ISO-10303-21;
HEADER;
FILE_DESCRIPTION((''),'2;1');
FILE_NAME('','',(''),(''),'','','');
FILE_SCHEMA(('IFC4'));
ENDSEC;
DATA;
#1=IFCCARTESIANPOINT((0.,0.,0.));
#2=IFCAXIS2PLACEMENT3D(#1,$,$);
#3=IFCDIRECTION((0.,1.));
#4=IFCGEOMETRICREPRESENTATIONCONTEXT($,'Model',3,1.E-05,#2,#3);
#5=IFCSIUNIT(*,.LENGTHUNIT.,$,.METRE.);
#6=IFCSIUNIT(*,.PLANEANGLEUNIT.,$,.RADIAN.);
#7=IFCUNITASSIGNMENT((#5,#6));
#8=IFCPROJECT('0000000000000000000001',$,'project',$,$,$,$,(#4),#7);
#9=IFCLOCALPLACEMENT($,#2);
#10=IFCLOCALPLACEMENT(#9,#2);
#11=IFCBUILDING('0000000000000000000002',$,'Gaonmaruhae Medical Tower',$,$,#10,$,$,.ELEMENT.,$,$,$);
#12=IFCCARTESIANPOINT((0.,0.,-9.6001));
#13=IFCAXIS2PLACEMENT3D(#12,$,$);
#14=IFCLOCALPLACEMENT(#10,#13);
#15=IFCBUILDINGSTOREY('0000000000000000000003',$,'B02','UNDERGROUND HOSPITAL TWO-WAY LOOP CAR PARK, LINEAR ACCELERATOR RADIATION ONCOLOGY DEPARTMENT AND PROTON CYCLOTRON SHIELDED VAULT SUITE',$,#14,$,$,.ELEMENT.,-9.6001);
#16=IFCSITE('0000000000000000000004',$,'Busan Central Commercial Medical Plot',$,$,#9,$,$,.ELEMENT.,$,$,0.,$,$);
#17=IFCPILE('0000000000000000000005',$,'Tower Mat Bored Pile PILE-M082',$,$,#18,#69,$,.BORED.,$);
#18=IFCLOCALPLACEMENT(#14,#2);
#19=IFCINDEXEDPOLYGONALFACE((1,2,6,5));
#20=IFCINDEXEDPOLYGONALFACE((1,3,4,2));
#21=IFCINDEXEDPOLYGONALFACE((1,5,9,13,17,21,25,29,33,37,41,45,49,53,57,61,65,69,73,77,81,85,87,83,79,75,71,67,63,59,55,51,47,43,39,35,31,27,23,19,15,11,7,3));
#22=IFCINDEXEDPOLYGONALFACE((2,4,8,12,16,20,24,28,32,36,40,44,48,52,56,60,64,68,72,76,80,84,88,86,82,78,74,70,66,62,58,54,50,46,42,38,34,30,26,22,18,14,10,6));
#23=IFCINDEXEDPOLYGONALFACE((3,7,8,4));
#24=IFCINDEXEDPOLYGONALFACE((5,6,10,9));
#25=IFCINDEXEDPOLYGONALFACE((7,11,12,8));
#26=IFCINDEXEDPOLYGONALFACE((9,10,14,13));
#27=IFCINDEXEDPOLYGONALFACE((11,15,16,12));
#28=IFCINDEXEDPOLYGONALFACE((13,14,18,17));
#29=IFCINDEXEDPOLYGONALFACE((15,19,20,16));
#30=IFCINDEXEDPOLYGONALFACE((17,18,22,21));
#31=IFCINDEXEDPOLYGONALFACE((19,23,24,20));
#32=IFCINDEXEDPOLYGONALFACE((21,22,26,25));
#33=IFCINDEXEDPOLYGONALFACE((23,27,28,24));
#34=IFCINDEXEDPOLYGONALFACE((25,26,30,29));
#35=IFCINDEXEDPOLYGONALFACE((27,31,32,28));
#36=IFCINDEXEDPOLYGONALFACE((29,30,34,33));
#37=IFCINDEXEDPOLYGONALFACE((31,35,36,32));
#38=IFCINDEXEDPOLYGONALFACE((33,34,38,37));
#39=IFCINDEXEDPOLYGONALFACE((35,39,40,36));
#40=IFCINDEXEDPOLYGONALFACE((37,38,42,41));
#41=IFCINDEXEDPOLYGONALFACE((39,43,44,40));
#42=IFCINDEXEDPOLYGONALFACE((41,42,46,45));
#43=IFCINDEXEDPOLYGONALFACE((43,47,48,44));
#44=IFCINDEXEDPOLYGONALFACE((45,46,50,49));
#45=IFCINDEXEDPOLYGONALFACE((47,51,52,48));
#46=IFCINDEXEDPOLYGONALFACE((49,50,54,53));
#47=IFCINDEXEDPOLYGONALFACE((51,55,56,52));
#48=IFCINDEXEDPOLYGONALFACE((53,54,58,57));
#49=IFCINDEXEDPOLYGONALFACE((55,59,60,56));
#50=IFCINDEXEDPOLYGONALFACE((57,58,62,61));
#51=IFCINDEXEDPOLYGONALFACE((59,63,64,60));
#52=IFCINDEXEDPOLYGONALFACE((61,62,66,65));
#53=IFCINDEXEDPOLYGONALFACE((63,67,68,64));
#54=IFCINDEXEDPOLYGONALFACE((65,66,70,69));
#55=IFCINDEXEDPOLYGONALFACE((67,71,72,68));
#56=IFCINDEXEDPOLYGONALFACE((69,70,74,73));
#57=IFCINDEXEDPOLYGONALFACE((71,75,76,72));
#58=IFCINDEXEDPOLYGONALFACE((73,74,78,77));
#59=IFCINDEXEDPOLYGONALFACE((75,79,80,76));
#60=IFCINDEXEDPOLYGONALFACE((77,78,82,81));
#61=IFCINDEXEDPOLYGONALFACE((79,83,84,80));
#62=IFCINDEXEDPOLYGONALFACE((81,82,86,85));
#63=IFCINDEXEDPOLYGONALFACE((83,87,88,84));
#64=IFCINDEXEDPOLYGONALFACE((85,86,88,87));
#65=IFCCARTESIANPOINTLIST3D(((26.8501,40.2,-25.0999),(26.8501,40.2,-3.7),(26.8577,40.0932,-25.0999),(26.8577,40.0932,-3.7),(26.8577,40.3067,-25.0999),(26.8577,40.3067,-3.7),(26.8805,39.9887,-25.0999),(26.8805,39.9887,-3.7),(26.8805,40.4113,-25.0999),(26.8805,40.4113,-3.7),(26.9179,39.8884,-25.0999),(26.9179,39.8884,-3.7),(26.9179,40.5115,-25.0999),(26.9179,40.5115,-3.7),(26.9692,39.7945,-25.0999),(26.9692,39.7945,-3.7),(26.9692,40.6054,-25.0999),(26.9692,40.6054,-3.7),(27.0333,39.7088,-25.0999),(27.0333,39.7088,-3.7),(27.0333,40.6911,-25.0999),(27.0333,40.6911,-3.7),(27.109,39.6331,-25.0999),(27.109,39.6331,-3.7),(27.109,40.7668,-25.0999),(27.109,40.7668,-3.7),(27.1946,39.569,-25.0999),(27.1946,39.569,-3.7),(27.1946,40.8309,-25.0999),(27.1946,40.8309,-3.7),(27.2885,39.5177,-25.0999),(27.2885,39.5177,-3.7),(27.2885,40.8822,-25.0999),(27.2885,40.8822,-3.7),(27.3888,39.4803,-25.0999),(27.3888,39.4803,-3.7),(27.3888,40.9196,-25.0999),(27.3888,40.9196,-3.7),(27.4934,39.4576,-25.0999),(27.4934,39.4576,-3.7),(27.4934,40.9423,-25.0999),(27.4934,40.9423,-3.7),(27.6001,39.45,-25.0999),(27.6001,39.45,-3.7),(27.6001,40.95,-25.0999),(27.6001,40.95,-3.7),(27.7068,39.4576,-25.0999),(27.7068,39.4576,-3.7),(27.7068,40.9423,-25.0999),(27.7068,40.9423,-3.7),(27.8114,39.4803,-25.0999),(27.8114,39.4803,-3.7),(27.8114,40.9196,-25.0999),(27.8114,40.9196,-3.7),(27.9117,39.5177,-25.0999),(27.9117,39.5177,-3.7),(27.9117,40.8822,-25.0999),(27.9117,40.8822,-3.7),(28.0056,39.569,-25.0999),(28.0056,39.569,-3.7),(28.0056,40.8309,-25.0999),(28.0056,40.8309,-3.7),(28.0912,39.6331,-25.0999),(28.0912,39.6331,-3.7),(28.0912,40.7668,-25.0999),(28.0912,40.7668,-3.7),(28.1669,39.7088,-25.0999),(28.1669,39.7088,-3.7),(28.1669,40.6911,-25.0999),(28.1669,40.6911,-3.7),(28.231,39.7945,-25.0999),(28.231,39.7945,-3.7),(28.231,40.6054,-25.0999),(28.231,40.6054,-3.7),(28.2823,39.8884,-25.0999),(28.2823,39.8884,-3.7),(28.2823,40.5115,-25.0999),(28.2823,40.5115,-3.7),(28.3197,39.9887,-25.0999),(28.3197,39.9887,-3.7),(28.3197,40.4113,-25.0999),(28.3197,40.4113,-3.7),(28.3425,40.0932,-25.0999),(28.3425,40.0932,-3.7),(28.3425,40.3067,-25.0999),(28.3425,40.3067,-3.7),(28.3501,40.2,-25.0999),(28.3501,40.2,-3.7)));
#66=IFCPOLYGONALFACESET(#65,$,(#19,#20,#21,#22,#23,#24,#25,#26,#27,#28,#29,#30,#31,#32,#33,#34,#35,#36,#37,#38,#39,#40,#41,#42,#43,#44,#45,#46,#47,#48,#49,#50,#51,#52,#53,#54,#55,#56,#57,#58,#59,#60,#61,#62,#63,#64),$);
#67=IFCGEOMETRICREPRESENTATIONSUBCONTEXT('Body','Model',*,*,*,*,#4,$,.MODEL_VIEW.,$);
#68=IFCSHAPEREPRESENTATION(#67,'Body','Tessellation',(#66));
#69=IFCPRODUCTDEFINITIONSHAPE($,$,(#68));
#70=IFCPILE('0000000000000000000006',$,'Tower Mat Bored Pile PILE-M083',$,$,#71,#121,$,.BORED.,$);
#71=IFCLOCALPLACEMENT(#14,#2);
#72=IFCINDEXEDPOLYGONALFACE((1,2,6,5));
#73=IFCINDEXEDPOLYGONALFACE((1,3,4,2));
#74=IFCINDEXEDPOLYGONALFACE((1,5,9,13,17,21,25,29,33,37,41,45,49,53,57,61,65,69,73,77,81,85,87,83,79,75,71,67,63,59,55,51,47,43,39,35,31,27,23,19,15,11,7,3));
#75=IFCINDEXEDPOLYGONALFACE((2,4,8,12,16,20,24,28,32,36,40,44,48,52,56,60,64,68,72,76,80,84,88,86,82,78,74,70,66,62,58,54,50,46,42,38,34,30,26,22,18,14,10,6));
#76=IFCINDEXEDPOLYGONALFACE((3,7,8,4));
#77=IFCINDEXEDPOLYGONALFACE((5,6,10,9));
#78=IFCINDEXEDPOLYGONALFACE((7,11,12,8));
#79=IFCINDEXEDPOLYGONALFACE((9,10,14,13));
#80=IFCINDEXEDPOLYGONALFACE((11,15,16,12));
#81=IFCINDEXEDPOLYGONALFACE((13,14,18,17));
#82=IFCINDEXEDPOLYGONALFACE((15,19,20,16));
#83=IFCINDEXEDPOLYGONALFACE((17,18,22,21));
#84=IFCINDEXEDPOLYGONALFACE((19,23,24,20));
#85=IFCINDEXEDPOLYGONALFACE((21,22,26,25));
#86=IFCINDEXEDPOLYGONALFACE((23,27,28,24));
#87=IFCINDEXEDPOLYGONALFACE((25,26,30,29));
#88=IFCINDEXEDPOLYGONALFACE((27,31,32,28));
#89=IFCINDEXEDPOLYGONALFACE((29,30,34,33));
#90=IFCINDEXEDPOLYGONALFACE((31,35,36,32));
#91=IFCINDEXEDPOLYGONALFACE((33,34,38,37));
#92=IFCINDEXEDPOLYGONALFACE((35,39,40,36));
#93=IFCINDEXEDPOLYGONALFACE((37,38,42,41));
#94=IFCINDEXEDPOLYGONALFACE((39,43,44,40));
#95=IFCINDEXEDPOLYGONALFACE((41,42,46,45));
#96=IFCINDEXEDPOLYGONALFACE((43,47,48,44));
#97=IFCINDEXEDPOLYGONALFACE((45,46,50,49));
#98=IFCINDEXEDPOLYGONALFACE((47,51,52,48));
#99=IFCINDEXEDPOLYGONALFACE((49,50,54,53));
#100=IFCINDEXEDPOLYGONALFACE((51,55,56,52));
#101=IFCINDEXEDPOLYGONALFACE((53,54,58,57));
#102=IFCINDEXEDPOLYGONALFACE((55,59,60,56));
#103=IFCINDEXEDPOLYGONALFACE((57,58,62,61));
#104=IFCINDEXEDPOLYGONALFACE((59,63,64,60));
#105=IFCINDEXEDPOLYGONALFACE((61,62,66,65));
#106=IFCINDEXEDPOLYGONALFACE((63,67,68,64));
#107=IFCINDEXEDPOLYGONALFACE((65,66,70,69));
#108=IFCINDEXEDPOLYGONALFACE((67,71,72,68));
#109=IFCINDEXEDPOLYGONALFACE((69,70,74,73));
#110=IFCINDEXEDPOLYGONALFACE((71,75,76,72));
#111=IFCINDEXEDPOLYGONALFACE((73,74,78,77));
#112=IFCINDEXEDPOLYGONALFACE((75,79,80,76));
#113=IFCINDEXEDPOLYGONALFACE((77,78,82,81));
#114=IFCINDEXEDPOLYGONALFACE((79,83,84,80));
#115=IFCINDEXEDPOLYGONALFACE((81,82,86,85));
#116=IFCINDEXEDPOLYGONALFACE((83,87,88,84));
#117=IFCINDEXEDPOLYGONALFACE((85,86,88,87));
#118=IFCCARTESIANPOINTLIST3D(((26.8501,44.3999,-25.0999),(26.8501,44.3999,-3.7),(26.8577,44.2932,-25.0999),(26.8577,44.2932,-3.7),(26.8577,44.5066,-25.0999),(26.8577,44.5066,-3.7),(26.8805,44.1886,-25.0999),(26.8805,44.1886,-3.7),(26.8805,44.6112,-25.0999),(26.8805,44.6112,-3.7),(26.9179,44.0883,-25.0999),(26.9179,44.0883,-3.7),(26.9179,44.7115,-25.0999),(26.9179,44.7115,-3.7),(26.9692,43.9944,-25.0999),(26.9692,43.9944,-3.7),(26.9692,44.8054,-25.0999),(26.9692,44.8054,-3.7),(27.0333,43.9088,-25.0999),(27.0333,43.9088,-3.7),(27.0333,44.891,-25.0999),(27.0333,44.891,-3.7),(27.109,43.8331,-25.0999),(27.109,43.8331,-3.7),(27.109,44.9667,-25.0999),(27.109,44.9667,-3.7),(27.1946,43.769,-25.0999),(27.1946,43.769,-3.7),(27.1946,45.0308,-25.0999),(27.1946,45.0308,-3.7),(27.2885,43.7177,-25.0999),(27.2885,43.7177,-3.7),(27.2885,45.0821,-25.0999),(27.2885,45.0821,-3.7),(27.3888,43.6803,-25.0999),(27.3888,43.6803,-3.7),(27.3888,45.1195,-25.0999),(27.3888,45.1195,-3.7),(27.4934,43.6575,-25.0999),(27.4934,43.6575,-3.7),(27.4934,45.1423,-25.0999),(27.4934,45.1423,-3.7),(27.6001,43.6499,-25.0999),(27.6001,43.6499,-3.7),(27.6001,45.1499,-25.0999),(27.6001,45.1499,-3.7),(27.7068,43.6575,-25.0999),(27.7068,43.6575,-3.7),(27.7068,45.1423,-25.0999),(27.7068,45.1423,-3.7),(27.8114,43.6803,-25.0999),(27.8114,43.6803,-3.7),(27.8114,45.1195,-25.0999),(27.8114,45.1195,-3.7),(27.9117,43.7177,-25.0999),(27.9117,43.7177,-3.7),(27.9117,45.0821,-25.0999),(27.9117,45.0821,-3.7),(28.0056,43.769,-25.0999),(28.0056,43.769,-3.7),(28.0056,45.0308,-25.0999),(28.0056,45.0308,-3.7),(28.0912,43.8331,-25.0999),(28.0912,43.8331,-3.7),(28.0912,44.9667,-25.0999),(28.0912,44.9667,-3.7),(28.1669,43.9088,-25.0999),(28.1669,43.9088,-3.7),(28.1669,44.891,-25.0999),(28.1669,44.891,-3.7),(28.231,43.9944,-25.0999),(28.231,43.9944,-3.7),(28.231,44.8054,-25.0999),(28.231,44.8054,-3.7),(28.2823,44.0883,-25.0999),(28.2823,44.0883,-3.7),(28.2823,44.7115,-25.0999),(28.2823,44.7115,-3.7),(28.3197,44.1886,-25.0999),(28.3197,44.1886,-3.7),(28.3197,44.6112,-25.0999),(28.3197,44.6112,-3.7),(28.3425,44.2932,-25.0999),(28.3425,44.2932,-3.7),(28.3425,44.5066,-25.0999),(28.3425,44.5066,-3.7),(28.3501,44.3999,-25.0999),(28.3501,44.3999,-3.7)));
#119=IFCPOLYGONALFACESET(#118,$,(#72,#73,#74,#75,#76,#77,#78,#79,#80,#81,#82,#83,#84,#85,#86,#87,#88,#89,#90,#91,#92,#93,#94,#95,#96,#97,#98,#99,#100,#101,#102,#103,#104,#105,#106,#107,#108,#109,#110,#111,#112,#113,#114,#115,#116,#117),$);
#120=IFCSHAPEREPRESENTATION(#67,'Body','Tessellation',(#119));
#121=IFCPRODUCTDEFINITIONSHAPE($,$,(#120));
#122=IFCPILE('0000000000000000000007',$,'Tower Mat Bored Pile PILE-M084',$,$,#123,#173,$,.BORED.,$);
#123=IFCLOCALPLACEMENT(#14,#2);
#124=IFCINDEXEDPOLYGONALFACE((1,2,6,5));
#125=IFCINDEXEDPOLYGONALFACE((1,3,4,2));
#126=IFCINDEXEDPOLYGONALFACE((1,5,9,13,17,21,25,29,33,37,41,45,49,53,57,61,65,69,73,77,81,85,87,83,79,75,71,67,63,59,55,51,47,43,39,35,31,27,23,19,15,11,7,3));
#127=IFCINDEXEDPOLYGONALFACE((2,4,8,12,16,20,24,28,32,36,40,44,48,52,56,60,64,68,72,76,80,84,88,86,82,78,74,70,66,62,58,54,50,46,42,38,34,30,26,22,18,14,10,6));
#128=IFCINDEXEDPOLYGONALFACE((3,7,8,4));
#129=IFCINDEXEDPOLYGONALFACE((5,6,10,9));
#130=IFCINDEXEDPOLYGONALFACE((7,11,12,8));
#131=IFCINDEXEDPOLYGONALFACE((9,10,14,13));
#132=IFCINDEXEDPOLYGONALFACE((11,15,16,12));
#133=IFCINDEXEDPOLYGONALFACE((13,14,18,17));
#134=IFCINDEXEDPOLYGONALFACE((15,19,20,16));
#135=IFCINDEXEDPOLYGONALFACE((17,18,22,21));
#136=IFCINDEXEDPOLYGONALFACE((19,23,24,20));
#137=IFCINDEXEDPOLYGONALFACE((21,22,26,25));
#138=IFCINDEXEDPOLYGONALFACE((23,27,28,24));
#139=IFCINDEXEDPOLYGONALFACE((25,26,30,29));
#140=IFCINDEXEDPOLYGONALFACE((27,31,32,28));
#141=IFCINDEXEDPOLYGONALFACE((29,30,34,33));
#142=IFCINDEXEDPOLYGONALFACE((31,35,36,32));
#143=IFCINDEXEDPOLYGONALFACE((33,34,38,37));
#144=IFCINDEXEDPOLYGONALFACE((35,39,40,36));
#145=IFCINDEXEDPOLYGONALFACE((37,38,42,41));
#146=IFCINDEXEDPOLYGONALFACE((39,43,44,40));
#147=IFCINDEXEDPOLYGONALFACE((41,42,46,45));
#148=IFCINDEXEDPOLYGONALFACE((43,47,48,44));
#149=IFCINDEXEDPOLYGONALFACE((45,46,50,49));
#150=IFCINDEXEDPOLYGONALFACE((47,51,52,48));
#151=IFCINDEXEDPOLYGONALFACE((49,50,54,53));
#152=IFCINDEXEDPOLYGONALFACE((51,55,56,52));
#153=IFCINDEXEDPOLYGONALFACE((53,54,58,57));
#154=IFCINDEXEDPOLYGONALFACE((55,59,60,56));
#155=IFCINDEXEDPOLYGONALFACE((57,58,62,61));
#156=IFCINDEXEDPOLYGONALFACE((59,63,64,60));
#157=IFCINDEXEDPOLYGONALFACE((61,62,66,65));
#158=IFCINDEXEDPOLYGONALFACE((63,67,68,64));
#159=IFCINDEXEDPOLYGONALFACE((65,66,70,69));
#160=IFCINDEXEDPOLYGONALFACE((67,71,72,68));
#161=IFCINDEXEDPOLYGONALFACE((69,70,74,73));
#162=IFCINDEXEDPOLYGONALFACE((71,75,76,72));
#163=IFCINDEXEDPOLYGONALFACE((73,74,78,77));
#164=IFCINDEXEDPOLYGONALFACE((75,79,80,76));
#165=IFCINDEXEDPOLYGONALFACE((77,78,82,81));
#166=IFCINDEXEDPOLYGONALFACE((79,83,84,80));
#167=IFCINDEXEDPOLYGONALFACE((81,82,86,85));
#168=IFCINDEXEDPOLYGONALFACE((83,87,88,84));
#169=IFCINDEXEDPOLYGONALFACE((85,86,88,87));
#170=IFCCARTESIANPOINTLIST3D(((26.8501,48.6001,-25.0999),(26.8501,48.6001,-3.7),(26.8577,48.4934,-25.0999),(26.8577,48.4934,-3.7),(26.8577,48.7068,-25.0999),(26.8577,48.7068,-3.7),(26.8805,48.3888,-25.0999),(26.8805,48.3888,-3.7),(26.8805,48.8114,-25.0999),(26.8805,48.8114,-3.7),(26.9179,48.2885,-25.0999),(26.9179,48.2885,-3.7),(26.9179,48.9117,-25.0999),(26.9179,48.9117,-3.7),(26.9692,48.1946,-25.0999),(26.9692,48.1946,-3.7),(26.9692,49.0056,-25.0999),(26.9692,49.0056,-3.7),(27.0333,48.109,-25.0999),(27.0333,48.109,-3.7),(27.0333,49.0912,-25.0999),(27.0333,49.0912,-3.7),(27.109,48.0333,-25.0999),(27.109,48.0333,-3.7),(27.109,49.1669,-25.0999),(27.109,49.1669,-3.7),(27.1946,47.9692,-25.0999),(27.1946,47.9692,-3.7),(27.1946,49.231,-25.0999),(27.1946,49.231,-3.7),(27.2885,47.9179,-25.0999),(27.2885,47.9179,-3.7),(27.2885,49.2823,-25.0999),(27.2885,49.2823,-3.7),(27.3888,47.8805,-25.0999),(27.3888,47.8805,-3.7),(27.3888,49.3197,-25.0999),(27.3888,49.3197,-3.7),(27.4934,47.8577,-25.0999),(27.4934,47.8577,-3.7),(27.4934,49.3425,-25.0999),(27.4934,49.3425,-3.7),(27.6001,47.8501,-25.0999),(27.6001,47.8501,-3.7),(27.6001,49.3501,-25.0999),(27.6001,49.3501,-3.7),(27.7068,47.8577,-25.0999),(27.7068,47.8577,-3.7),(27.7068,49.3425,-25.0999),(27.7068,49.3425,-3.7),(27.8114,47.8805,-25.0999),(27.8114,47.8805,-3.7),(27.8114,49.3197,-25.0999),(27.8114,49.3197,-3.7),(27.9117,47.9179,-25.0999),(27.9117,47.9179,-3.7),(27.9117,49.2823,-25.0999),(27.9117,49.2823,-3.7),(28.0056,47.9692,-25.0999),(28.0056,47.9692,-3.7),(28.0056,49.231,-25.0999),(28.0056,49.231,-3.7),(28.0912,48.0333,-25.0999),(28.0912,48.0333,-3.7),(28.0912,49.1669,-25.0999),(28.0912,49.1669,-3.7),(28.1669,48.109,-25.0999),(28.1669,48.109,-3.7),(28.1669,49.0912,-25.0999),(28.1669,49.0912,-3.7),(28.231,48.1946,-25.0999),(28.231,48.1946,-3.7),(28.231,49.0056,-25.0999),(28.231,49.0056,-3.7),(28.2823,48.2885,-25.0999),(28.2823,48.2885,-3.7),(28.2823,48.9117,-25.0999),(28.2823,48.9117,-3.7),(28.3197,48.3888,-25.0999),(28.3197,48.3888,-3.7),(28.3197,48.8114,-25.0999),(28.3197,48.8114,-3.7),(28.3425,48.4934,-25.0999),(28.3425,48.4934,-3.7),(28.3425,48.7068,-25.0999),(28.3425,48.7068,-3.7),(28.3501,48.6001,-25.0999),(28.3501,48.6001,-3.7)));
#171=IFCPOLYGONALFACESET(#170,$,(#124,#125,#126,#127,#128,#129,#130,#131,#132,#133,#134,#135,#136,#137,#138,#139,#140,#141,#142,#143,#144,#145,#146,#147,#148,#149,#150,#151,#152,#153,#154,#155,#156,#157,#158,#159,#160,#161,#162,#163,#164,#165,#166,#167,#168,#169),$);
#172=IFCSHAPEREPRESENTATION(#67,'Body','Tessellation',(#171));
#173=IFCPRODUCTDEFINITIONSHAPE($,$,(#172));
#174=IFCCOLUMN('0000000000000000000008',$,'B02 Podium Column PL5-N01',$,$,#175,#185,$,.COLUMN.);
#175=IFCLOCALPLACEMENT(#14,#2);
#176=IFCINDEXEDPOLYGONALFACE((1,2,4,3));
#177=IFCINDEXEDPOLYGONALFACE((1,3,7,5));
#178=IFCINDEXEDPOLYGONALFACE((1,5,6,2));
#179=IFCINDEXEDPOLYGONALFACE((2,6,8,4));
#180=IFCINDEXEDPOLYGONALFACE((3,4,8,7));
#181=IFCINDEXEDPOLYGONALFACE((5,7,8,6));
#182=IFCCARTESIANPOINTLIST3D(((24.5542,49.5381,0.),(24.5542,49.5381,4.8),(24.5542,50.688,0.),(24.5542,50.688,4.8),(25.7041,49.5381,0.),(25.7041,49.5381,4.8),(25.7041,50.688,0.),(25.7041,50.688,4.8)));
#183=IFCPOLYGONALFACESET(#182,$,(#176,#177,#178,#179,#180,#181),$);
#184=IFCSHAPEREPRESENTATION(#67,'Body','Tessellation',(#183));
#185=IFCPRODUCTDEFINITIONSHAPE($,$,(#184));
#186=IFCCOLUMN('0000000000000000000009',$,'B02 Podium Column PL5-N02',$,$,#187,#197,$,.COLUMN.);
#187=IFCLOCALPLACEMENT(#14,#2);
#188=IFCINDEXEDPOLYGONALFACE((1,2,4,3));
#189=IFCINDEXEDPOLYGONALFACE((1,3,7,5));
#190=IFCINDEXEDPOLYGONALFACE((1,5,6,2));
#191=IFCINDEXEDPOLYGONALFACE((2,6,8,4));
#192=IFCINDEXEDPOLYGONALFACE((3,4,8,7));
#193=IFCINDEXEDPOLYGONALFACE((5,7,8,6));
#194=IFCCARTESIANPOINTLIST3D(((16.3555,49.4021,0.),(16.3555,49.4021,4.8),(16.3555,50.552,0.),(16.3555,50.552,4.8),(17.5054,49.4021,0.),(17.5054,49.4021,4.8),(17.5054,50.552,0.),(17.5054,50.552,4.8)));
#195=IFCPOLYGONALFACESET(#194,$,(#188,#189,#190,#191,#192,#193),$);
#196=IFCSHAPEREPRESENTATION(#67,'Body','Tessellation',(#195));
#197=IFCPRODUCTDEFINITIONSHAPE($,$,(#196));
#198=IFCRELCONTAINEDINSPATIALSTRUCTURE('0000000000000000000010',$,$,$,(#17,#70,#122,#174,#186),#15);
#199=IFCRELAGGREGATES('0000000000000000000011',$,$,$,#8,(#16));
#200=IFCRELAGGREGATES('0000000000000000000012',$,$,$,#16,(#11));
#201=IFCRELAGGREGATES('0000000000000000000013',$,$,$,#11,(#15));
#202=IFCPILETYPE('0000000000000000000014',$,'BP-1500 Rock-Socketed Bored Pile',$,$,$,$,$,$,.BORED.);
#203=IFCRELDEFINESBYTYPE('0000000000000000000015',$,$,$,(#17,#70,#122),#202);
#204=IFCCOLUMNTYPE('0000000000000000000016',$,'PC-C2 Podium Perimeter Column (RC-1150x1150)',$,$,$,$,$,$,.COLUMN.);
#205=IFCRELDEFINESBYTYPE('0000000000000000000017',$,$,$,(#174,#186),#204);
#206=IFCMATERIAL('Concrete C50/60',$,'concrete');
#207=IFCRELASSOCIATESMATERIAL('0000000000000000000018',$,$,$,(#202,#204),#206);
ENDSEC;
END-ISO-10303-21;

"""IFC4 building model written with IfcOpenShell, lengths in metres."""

from ifc_helpers import new_model, si_unit, direction, frame, origin, origin_2d, place, context, subcontext, project, spatial, rectangle, circle, extrude, material, material_profile, profile_set, type_object, element, save


model = new_model("IFC4")

# Units and contexts
model_context = context("Model", 3, precision=1e-05, world=origin(), true_north=direction((0.0, 1.0)))
body_context = subcontext(model_context, "Body", "Model", "MODEL_VIEW")
ifc_project = project(units=[si_unit("LENGTHUNIT", "METRE"), si_unit("PLANEANGLEUNIT", "RADIAN")], contexts=[model_context])

# Site, building, storey
site_placement = place(None, origin())
site = spatial("IfcSite", under=ifc_project, at=site_placement, Name="Busan Central Commercial Medical Plot", CompositionType="ELEMENT", RefElevation=0.0)
building_placement = place(site_placement, origin())
building = spatial("IfcBuilding", under=site, at=building_placement, Name="Gaonmaruhae Medical Tower", CompositionType="ELEMENT")
storey_placement = place(building_placement, frame((0.0, 0.0, -9.6001)))
storey = spatial("IfcBuildingStorey", under=building, at=storey_placement, Name="B02", Description="UNDERGROUND HOSPITAL TWO-WAY LOOP CAR PARK, LINEAR ACCELERATOR RADIATION ONCOLOGY DEPARTMENT AND PROTON CYCLOTRON SHIELDED VAULT SUITE", CompositionType="ELEMENT", Elevation=-9.6001)

# Piles
ifc_material_1 = material(Name="Concrete C50/60", Category="concrete")
ifc_material_profile_1 = material_profile(ifc_material_1, circle(Radius=0.75, at=origin_2d()), Name="PILE-D1500")
ifc_profile_set_1 = profile_set([ifc_material_profile_1], Name="Concrete C50/60")
pile_type = type_object("IfcPileType", Name="BP-1500 Rock-Socketed Bored Pile", PredefinedType="BORED", material=ifc_profile_set_1)
for number, where, z_axis, x_axis, name in (
    (1, (27.6001, 40.2, -3.7), (0.0, 0.0, -1.0), (1.0, 0.0, 0.0), "Tower Mat Bored Pile PILE-M082"),
    (2, (27.6001, 44.3999, -3.7), (0.0, 0.0, -1.0), (1.0, 0.0, 0.0), "Tower Mat Bored Pile PILE-M083"),
    (3, (27.6001, 48.6001, -3.7), (0.0, 0.0, -1.0), (1.0, 0.0, 0.0), "Tower Mat Bored Pile PILE-M084"),
):
    element("IfcPile", number, at=place(storey_placement, frame(where, z_axis=z_axis, x_axis=x_axis)), inside=storey, type_object=pile_type, Name=name, PredefinedType="BORED", context=body_context, shape_type="SweptSolid", body=[
        extrude(circle(Radius=0.75, at=origin_2d()), origin(), (0.0, 0.0, 1.0), 21.3999),
    ])

# Columns
ifc_material_profile_2 = material_profile(ifc_material_1, rectangle(XDim=1.1499, YDim=1.1499, at=origin_2d()), Name="RC-1150x1150")
ifc_profile_set_2 = profile_set([ifc_material_profile_2], Name="Concrete C50/60")
column_type_1 = type_object("IfcColumnType", Name="PC-C2 Podium Perimeter Column (RC-1150x1150)", PredefinedType="COLUMN", material=ifc_profile_set_2)
for number, where, z_axis, x_axis, name in (
    (4, (25.1292, 50.113, 0.0), (0.0, 0.0, 1.0), (1.0, 0.0, 0.0), "B02 Podium Column PL5-N01"),
    (5, (16.9304, 49.9771, 0.0), (0.0, 0.0, 1.0), (1.0, 0.0, 0.0), "B02 Podium Column PL5-N02"),
):
    element("IfcColumn", number, at=place(storey_placement, frame(where, z_axis=z_axis, x_axis=x_axis)), inside=storey, type_object=column_type_1, Name=name, PredefinedType="COLUMN", context=body_context, shape_type="SweptSolid", body=[
        extrude(rectangle(XDim=1.1499, YDim=1.1499, at=origin_2d()), origin(), (0.0, 0.0, 1.0), 4.8),
    ])

save(model, "model.ifc")
